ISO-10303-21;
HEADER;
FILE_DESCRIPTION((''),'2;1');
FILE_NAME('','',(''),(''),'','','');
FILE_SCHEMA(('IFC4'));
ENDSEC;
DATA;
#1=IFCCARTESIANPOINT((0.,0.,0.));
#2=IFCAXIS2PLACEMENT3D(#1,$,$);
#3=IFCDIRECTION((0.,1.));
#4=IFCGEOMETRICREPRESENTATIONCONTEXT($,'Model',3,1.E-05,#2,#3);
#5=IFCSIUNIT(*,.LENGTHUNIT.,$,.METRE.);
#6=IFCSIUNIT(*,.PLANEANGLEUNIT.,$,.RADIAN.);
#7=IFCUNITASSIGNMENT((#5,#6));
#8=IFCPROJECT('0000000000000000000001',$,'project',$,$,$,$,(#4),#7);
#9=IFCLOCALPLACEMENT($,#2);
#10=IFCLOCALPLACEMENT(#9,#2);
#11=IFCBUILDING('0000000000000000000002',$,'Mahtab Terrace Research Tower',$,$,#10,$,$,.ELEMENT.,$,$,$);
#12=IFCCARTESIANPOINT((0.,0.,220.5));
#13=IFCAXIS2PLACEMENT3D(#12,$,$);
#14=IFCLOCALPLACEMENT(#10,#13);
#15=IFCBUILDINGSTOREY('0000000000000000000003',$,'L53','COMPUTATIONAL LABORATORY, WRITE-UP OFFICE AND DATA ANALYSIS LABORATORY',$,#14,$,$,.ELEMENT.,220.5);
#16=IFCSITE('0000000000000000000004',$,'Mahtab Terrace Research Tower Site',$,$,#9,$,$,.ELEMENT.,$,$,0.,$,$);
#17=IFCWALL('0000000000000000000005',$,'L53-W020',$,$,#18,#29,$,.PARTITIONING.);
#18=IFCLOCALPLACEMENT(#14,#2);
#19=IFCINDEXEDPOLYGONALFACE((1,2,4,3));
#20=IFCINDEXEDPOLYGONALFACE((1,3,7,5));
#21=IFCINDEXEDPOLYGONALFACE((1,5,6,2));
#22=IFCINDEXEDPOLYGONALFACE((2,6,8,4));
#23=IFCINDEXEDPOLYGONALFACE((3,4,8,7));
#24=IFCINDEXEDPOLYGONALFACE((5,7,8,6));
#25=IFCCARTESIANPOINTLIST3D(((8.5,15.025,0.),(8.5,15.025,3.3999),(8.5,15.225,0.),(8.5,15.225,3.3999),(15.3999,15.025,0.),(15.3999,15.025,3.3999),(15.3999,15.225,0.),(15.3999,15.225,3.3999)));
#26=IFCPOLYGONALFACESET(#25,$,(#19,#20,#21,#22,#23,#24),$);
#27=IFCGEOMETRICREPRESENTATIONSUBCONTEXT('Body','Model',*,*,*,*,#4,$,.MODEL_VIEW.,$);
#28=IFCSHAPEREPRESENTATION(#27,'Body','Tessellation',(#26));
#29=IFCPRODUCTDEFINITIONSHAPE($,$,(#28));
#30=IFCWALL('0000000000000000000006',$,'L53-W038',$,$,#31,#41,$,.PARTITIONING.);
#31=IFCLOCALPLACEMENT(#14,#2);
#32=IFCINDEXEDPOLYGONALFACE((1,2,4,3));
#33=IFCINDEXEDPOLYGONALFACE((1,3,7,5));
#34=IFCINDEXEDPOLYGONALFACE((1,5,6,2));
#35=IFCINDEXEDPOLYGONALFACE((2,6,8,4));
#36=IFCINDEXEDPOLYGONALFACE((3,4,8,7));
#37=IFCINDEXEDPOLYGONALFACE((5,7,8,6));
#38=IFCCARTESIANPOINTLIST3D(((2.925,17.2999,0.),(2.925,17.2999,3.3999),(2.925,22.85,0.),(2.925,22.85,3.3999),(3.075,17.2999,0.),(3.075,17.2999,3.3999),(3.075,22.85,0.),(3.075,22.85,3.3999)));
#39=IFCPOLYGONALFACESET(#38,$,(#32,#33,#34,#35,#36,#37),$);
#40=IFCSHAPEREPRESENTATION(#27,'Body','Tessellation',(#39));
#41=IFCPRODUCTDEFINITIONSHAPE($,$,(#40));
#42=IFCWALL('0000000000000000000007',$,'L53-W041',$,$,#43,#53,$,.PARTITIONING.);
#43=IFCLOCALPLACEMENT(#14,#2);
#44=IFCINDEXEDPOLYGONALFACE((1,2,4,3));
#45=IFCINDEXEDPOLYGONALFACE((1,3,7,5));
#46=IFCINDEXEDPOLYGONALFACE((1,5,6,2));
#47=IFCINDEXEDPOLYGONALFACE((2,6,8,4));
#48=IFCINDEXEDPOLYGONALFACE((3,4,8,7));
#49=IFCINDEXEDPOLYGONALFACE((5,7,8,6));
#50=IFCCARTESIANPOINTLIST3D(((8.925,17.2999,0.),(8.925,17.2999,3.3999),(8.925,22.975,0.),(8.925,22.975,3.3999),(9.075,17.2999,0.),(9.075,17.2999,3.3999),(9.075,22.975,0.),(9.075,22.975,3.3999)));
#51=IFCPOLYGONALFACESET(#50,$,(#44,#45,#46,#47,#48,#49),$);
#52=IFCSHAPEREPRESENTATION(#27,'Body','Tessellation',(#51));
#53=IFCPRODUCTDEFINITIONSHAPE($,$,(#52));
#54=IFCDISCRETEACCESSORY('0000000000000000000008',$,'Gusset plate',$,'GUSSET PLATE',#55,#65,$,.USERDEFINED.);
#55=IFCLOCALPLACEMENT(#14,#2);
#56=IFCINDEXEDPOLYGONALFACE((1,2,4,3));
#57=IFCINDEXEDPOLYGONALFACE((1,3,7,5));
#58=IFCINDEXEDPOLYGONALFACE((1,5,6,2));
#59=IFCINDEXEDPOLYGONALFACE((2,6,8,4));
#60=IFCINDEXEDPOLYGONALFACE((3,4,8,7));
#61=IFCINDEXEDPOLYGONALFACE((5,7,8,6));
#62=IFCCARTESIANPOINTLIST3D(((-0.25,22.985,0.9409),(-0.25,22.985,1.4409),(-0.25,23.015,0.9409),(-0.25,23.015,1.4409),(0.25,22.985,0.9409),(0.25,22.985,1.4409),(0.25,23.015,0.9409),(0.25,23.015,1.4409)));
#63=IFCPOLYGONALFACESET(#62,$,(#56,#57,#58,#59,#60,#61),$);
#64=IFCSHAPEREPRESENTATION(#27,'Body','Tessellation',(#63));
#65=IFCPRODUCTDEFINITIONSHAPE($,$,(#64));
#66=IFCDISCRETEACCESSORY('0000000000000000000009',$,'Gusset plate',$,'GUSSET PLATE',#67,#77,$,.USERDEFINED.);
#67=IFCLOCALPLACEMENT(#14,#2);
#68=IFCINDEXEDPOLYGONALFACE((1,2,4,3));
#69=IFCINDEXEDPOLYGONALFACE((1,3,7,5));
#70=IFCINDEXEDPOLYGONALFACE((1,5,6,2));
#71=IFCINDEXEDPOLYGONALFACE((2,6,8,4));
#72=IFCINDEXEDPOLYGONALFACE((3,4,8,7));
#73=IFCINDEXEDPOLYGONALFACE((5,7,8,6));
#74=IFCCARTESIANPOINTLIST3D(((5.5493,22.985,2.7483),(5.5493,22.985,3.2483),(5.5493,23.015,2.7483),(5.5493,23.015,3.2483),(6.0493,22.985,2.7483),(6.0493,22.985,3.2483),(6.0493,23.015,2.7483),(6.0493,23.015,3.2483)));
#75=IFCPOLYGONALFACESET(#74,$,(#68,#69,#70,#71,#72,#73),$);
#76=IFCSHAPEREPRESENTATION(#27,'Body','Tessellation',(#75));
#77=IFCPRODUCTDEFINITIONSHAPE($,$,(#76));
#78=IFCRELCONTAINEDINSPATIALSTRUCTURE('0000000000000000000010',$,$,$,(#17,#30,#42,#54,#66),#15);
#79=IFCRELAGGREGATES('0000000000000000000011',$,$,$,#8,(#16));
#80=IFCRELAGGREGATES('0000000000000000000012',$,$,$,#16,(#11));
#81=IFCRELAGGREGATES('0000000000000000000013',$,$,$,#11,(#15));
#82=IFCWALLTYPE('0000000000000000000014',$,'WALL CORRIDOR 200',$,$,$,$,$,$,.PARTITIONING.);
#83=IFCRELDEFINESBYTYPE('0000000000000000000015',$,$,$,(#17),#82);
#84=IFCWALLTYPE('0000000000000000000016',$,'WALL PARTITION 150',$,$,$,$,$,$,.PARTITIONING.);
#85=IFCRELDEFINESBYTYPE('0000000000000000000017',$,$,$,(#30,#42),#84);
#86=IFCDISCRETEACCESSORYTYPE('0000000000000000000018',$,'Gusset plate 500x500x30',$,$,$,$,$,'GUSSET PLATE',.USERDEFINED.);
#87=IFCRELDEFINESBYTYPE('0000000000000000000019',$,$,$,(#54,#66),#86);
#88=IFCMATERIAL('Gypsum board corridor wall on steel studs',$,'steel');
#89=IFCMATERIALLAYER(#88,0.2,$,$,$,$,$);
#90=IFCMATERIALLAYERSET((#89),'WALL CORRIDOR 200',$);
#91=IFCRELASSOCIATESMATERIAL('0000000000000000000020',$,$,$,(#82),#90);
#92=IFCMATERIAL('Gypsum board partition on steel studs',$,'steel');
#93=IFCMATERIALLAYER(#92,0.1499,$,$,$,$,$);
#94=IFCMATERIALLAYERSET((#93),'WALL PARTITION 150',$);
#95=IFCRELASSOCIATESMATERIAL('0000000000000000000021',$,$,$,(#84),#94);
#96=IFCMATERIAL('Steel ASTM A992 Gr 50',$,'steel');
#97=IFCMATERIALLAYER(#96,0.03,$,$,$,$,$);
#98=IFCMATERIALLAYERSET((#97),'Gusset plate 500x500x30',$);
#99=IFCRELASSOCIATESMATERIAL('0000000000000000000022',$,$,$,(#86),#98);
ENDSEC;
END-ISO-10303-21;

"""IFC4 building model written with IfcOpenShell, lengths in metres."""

from ifc_helpers import new_model, si_unit, direction, frame, frame_2d, origin, origin_2d, place, context, subcontext, project, spatial, rectangle, extrude, material, layer, layer_set, type_object, element, save


model = new_model("IFC4")

# Units and contexts
model_context = context("Model", 3, precision=1e-05, world=origin(), true_north=direction((0.0, 1.0)))
body_context = subcontext(model_context, "Body", "Model", "MODEL_VIEW")
ifc_project = project(units=[si_unit("LENGTHUNIT", "METRE"), si_unit("PLANEANGLEUNIT", "RADIAN")], contexts=[model_context])

# Site, building, storey
site_placement = place(None, origin())
site = spatial("IfcSite", under=ifc_project, at=site_placement, Name="Mahtab Terrace Research Tower Site", CompositionType="ELEMENT", RefElevation=0.0)
building_placement = place(site_placement, origin())
building = spatial("IfcBuilding", under=site, at=building_placement, Name="Mahtab Terrace Research Tower", CompositionType="ELEMENT")
storey_placement = place(building_placement, frame((0.0, 0.0, 220.5)))
storey = spatial("IfcBuildingStorey", under=building, at=storey_placement, Name="L53", Description="COMPUTATIONAL LABORATORY, WRITE-UP OFFICE AND DATA ANALYSIS LABORATORY", CompositionType="ELEMENT", Elevation=220.5)

# Shared definitions
ifc_material_1 = material(Name="Steel ASTM A992 Gr 50", Category="steel")

# Walls
ifc_material_2 = material(Name="Gypsum board corridor wall on steel studs", Category="steel")
ifc_layer_1 = layer(ifc_material_2, 0.2)
ifc_layer_set_1 = layer_set([ifc_layer_1], Name="WALL CORRIDOR 200")
wall_type_1 = type_object("IfcWallType", Name="WALL CORRIDOR 200", PredefinedType="PARTITIONING", material=ifc_layer_set_1)
wall_1_placement = place(storey_placement, frame((8.5, 15.125, 0.0), z_axis=(0.0, 0.0, 1.0), x_axis=(1.0, 0.0, 0.0)))
element("IfcWall", 1, at=wall_1_placement, inside=storey, type_object=wall_type_1, Name="L53-W020", PredefinedType="PARTITIONING", context=body_context, shape_type="SweptSolid", body=[
    extrude(rectangle(XDim=6.8999, YDim=0.2, at=frame_2d((3.45, 0.0))), origin(), (0.0, 0.0, 1.0), 3.3999),
])
ifc_material_3 = material(Name="Gypsum board partition on steel studs", Category="steel")
ifc_layer_2 = layer(ifc_material_3, 0.1499)
ifc_layer_set_2 = layer_set([ifc_layer_2], Name="WALL PARTITION 150")
wall_type_2 = type_object("IfcWallType", Name="WALL PARTITION 150", PredefinedType="PARTITIONING", material=ifc_layer_set_2)
wall_2_placement = place(storey_placement, frame((3.0, 17.3, 0.0), z_axis=(0.0, 0.0, 1.0), x_axis=(0.0, 1.0, 0.0)))
element("IfcWall", 2, at=wall_2_placement, inside=storey, type_object=wall_type_2, Name="L53-W038", PredefinedType="PARTITIONING", context=body_context, shape_type="SweptSolid", body=[
    extrude(rectangle(XDim=5.55, YDim=0.1499, at=frame_2d((2.7749, 0.0))), origin(), (0.0, 0.0, 1.0), 3.3999),
])
wall_3_placement = place(storey_placement, frame((9.0, 17.3, 0.0), z_axis=(0.0, 0.0, 1.0), x_axis=(0.0, 1.0, 0.0)))
element("IfcWall", 3, at=wall_3_placement, inside=storey, type_object=wall_type_2, Name="L53-W041", PredefinedType="PARTITIONING", context=body_context, shape_type="SweptSolid", body=[
    extrude(rectangle(XDim=5.675, YDim=0.1499, at=frame_2d((2.8374, 0.0))), origin(), (0.0, 0.0, 1.0), 3.3999),
])

# Discrete accessories
ifc_layer_3 = layer(ifc_material_1, 0.03)
ifc_layer_set_3 = layer_set([ifc_layer_3], Name="Gusset plate 500x500x30")
discrete_accessory_type = type_object("IfcDiscreteAccessoryType", Name="Gusset plate 500x500x30", ElementType="GUSSET PLATE", PredefinedType="USERDEFINED", material=ifc_layer_set_3)
for number, where, z_axis, x_axis, name in (
    (4, (0.0, 23.0, 0.9409), (0.0, 0.0, 1.0), (1.0, 0.0, 0.0), "Gusset plate"),
    (5, (5.7993, 23.0, 2.7483), (0.0, 0.0, 1.0), (1.0, 0.0, 0.0), "Gusset plate"),
):
    element("IfcDiscreteAccessory", number, at=place(storey_placement, frame(where, z_axis=z_axis, x_axis=x_axis)), inside=storey, type_object=discrete_accessory_type, Name=name, ObjectType="GUSSET PLATE", PredefinedType="USERDEFINED", context=body_context, shape_type="SweptSolid", body=[
        extrude(rectangle(XDim=0.5, YDim=0.03, at=origin_2d()), origin(), (0.0, 0.0, 1.0), 0.5),
    ])

save(model, "model.ifc")
